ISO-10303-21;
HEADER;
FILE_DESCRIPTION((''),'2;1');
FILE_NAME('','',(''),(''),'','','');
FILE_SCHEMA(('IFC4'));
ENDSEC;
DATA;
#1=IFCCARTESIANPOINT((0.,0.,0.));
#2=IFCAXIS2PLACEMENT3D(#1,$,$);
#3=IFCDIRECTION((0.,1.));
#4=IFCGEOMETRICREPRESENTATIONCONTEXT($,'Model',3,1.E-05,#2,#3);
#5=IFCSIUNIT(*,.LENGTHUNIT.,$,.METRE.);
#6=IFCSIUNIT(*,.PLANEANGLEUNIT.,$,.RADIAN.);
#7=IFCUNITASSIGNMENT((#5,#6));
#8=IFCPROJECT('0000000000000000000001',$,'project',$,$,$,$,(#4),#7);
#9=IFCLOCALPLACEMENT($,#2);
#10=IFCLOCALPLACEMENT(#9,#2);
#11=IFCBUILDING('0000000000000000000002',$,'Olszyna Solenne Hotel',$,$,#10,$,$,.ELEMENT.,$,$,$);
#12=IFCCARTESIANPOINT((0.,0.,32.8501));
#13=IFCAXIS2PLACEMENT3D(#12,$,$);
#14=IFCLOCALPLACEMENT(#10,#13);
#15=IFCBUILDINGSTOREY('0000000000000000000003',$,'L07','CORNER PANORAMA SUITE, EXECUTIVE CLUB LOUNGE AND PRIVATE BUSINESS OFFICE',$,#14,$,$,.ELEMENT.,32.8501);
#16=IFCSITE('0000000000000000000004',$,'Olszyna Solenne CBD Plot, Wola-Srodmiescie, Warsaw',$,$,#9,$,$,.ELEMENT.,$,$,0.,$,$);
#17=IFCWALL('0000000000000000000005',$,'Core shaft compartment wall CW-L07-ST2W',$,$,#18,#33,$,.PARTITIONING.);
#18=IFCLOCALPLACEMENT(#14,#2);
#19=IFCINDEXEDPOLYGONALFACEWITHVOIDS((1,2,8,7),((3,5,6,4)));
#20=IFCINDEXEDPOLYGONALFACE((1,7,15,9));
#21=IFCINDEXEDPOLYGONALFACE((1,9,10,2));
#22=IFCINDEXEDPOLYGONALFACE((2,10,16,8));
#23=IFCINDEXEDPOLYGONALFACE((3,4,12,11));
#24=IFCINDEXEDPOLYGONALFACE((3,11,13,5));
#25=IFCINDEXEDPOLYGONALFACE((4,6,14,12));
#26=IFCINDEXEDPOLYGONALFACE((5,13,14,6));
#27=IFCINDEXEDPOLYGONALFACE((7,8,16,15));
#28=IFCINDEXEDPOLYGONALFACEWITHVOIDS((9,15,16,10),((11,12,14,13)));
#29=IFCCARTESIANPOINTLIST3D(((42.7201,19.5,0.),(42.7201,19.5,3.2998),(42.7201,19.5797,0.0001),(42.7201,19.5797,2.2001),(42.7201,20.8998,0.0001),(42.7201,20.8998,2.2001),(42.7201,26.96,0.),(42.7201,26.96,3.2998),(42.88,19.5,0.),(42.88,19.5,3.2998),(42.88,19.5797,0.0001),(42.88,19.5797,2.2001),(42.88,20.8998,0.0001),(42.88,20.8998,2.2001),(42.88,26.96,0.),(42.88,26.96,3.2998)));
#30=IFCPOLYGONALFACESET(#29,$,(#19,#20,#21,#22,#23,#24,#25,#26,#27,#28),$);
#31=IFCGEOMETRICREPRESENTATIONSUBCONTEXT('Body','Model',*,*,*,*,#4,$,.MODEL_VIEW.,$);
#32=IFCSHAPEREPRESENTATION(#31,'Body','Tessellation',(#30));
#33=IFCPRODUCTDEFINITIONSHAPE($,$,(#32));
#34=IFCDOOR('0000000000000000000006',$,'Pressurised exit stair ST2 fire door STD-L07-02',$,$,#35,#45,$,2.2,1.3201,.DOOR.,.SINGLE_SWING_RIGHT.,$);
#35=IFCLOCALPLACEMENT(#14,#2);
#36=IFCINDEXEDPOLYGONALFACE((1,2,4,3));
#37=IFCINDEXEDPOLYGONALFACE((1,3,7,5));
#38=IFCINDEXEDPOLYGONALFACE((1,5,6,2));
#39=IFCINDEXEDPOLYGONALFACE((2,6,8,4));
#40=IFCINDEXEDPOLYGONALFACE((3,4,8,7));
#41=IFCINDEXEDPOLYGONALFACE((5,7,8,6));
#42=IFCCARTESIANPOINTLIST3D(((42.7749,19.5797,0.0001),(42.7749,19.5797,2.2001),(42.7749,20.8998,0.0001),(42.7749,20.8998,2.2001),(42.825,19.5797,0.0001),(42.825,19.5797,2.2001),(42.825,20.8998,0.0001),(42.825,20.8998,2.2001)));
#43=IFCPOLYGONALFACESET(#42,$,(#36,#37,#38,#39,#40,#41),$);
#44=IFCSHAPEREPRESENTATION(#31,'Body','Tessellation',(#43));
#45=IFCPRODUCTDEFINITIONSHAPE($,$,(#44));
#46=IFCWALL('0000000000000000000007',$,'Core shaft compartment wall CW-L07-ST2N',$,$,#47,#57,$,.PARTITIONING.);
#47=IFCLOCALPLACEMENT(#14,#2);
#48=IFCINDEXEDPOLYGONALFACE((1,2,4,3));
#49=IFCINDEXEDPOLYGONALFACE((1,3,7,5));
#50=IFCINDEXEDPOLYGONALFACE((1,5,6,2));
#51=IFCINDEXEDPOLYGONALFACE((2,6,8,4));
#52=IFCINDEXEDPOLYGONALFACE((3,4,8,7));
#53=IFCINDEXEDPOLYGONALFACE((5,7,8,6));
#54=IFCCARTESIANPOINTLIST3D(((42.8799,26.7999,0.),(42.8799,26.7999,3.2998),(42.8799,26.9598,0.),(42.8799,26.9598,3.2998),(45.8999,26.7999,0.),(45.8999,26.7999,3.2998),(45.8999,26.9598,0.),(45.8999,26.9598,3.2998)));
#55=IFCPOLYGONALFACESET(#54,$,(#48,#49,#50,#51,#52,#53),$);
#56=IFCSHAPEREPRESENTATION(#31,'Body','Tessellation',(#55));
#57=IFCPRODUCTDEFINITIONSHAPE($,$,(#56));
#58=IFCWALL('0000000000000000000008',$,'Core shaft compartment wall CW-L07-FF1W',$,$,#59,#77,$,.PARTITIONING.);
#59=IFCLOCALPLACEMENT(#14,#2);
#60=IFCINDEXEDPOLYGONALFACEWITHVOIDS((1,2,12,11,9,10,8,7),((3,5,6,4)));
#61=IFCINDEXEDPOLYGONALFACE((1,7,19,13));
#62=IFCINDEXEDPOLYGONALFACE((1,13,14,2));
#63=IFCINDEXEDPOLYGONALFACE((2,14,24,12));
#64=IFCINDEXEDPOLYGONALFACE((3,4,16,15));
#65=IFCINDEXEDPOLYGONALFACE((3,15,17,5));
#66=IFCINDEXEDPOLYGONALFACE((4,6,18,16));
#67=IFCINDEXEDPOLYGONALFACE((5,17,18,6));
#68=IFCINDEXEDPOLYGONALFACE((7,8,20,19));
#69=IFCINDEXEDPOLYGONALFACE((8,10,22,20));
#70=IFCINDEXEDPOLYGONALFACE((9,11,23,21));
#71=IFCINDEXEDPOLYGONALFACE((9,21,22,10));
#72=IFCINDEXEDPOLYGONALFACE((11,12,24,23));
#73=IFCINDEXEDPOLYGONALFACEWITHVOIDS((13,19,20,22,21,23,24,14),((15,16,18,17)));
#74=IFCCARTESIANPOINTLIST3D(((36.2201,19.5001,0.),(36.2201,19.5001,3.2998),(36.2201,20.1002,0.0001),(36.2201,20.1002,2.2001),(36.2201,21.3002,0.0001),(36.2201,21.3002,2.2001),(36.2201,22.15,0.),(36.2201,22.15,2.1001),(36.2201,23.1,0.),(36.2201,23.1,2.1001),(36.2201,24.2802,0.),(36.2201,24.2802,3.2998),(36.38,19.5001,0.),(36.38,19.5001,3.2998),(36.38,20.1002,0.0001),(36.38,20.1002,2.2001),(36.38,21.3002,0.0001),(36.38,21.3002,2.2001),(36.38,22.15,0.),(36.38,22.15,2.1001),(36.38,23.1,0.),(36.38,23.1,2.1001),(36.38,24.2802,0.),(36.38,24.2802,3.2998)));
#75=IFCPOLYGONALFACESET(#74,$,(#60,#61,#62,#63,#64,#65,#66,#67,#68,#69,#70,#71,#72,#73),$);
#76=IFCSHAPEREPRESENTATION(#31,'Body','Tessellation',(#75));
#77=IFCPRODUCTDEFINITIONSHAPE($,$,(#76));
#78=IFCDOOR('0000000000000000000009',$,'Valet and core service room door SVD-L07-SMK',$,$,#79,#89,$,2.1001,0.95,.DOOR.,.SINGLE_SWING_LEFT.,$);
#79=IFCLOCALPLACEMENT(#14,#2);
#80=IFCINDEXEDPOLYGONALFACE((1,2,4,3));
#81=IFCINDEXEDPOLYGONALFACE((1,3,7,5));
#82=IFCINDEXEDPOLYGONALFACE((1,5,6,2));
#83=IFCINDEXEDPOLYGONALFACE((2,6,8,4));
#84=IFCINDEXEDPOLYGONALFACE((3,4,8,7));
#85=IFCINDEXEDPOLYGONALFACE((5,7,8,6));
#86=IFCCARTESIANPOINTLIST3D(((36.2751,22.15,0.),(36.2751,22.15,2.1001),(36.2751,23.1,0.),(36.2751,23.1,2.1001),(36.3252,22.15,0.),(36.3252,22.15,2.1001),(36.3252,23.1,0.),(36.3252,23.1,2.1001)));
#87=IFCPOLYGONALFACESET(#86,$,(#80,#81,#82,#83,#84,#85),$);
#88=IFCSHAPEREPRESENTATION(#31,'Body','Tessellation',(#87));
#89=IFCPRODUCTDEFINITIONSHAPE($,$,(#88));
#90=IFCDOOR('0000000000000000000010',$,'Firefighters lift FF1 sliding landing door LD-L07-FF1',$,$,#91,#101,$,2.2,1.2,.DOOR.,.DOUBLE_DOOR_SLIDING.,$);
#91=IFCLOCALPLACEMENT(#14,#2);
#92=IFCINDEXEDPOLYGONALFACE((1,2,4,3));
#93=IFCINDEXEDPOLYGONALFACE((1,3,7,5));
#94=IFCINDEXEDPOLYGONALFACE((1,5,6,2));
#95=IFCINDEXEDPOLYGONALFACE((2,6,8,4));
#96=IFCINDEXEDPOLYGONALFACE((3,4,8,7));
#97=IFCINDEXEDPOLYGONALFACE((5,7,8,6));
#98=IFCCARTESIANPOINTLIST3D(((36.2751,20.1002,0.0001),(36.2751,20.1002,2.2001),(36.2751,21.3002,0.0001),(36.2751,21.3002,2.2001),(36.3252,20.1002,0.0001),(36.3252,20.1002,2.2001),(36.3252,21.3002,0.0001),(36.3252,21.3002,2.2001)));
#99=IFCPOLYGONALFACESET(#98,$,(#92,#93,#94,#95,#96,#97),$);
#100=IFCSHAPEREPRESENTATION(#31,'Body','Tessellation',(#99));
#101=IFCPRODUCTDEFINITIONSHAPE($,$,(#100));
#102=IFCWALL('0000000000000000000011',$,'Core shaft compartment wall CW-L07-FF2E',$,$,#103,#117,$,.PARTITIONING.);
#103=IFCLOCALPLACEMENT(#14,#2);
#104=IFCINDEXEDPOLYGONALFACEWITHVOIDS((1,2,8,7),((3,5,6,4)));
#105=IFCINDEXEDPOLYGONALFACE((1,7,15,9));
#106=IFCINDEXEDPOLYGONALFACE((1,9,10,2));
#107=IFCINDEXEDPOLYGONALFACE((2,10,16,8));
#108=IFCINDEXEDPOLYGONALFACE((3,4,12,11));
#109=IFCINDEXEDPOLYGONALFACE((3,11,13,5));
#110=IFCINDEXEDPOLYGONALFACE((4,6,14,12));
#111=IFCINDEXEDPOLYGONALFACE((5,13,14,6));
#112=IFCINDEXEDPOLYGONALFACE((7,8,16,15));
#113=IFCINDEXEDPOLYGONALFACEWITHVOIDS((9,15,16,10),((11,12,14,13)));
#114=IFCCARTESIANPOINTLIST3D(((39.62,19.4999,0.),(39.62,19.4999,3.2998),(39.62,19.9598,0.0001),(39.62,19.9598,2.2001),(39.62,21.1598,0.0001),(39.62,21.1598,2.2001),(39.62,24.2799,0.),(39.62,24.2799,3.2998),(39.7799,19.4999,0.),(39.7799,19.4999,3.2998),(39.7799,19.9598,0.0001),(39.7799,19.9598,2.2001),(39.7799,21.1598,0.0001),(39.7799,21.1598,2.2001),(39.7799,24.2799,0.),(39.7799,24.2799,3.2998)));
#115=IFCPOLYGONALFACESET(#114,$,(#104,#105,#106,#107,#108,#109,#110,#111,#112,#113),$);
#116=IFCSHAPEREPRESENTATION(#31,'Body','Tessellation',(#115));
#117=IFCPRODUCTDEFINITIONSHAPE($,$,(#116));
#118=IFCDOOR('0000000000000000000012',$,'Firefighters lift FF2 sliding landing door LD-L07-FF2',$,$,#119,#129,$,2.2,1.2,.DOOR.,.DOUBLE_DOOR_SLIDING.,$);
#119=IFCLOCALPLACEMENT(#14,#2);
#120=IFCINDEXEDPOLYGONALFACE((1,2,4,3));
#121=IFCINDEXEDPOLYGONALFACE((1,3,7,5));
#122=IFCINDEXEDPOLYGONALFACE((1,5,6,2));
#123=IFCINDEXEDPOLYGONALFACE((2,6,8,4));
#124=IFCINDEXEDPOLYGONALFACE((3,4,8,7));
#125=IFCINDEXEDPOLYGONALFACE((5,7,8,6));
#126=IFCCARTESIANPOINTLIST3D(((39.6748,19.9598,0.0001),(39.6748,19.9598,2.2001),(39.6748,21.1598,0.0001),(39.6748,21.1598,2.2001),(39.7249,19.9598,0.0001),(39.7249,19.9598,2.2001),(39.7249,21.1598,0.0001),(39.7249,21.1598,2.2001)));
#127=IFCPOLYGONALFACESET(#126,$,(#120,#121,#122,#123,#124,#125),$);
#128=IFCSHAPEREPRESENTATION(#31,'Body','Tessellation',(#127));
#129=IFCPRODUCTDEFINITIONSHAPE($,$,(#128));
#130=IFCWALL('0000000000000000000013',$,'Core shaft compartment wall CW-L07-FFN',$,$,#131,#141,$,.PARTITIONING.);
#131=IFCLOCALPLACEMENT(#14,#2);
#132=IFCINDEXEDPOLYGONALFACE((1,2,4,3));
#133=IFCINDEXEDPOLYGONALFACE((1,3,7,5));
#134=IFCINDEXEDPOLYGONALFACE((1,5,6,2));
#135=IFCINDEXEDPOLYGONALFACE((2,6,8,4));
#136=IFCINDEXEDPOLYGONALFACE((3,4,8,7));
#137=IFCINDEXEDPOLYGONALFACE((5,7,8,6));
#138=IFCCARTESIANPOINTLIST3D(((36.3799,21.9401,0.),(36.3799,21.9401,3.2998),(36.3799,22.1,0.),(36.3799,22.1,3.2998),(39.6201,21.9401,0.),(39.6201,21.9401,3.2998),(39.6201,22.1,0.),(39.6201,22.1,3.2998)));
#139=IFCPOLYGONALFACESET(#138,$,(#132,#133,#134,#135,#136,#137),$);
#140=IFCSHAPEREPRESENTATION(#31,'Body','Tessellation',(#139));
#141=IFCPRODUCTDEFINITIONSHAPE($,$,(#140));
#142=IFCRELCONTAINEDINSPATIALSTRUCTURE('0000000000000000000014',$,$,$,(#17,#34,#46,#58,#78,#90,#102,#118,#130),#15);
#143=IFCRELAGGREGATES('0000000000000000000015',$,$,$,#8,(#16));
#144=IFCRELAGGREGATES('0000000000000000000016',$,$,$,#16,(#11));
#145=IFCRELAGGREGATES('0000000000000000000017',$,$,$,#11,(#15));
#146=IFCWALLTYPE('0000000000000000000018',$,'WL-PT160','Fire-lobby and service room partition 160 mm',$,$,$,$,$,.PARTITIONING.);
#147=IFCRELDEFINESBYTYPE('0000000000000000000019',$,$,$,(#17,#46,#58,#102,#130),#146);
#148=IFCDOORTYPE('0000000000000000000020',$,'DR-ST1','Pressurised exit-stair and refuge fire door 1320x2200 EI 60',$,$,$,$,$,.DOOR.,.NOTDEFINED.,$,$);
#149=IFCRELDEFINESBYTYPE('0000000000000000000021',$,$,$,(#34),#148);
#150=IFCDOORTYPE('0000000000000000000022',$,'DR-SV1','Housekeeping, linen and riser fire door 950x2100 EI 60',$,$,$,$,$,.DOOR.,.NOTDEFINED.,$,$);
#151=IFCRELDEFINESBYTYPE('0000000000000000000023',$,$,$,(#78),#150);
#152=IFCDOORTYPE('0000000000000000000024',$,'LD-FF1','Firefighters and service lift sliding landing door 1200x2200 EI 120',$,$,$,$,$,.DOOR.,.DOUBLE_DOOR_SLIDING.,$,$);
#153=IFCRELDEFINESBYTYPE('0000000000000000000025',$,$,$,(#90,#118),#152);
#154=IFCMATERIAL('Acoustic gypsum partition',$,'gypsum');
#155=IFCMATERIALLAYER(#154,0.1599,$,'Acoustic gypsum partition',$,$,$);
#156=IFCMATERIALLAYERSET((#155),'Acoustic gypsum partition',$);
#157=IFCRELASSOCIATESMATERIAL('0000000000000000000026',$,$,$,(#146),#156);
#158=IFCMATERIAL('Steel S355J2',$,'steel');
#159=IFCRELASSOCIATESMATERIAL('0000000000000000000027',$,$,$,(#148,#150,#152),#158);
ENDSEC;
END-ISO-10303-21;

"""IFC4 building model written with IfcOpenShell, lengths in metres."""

from ifc_helpers import new_model, si_unit, direction, frame, frame_2d, origin, place, context, subcontext, project, spatial, rectangle, extrude, source, transform, mapped, material, layer, layer_set, type_object, type_shapes, element, fill, save


model = new_model("IFC4")

# Units and contexts
model_context = context("Model", 3, precision=1e-05, world=origin(), true_north=direction((0.0, 1.0)))
body_context = subcontext(model_context, "Body", "Model", "MODEL_VIEW")
ifc_project = project(units=[si_unit("LENGTHUNIT", "METRE"), si_unit("PLANEANGLEUNIT", "RADIAN")], contexts=[model_context])

# Site, building, storey
site_placement = place(None, origin())
site = spatial("IfcSite", under=ifc_project, at=site_placement, Name="Olszyna Solenne CBD Plot, Wola-Srodmiescie, Warsaw", CompositionType="ELEMENT", RefElevation=0.0)
building_placement = place(site_placement, origin())
building = spatial("IfcBuilding", under=site, at=building_placement, Name="Olszyna Solenne Hotel", CompositionType="ELEMENT")
storey_placement = place(building_placement, frame((0.0, 0.0, 32.8501)))
storey = spatial("IfcBuildingStorey", under=building, at=storey_placement, Name="L07", Description="CORNER PANORAMA SUITE, EXECUTIVE CLUB LOUNGE AND PRIVATE BUSINESS OFFICE", CompositionType="ELEMENT", Elevation=32.8501)

# Shared definitions
ifc_material_1 = material(Name="Steel S355J2", Category="steel")

# Shared definitions
ifc_material_2 = material(Name="Acoustic gypsum partition", Category="gypsum")

# Wall, opening, door
ifc_layer_1 = layer(ifc_material_2, 0.1599, Name="Acoustic gypsum partition")
ifc_layer_set_1 = layer_set([ifc_layer_1], Name="Acoustic gypsum partition")
wall_type_1 = type_object("IfcWallType", Name="WL-PT160", Description="Fire-lobby and service room partition 160 mm", PredefinedType="PARTITIONING", material=ifc_layer_set_1)
wall_1_placement = place(storey_placement, frame((42.8, 26.96, 0.0), z_axis=(0.0, 0.0, 1.0), x_axis=(0.0, -1.0, 0.0)))
wall_1 = element("IfcWall", 1, at=wall_1_placement, inside=storey, type_object=wall_type_1, Name="Core shaft compartment wall CW-L07-ST2W", PredefinedType="PARTITIONING", context=body_context, shape_type="SweptSolid", body=[
    extrude(rectangle(XDim=7.46, YDim=0.1599, at=frame_2d((3.73, 0.0))), origin(), (0.0, 0.0, 1.0), 3.2998),
])
opening_1_placement = place(wall_1_placement, frame((6.0601, 0.0, 0.0)))
opening_1 = element("IfcOpeningElement", 2, at=opening_1_placement, cuts=wall_1, PredefinedType="OPENING", context=body_context, shape_type="SweptSolid", body=[
    extrude(rectangle(XDim=1.3201, YDim=2.2, at=frame_2d((0.6602, 1.1001))), frame((0.0, 0.0898, 0.0), z_axis=(0.0, -1.0, 0.0), x_axis=(1.0, 0.0, 0.0)), (0.0, 0.0, 1.0), 0.1799),
])
door_type_1 = type_object("IfcDoorType", Name="DR-ST1", Description="Pressurised exit-stair and refuge fire door 1320x2200 EI 60", OperationType="NOTDEFINED", PredefinedType="DOOR", material=ifc_material_1)
shared_shape_1 = source(origin(), body_context, "Body", "SweptSolid", [
    extrude(rectangle(XDim=1.3201, YDim=2.2, at=frame_2d((0.6602, 1.1001))), frame((0.0, 0.0249, 0.0), z_axis=(0.0, -1.0, 0.0), x_axis=(1.0, 0.0, 0.0)), (0.0, 0.0, 1.0), 0.05),
])
type_shapes(door_type_1, [shared_shape_1])
door_1_placement = place(opening_1_placement, origin())
door_1 = element("IfcDoor", 3, at=door_1_placement, inside=storey, type_object=door_type_1, Name="Pressurised exit stair ST2 fire door STD-L07-02", OperationType="SINGLE_SWING_RIGHT", OverallHeight=2.2, OverallWidth=1.3201, PredefinedType="DOOR", context=body_context, shape_type="MappedRepresentation", body=[
    mapped(shared_shape_1, transform((0.0, 0.0, 0.0), x_axis=(1.0, 0.0, 0.0), y_axis=(0.0, 1.0, 0.0), z_axis=(0.0, 0.0, 1.0), scale=1.0)),
])
fill(opening_1, door_1)

# Wall
wall_2_placement = place(storey_placement, frame((42.8799, 26.8799, 0.0), z_axis=(0.0, 0.0, 1.0), x_axis=(1.0, 0.0, 0.0)))
element("IfcWall", 4, at=wall_2_placement, inside=storey, type_object=wall_type_1, Name="Core shaft compartment wall CW-L07-ST2N", PredefinedType="PARTITIONING", context=body_context, shape_type="SweptSolid", body=[
    extrude(rectangle(XDim=3.02, YDim=0.1599, at=frame_2d((1.51, 0.0))), origin(), (0.0, 0.0, 1.0), 3.2998),
])

# Wall, openings, doors
wall_3_placement = place(storey_placement, frame((36.3, 19.5, 0.0), z_axis=(0.0, 0.0, 1.0), x_axis=(0.0, 1.0, 0.0)))
wall_3 = element("IfcWall", 5, at=wall_3_placement, inside=storey, type_object=wall_type_1, Name="Core shaft compartment wall CW-L07-FF1W", PredefinedType="PARTITIONING", context=body_context, shape_type="SweptSolid", body=[
    extrude(rectangle(XDim=4.78, YDim=0.1599, at=frame_2d((2.3901, 0.0))), origin(), (0.0, 0.0, 1.0), 3.2998),
])
opening_2_placement = place(wall_3_placement, frame((0.6001, 0.0, 0.0)))
opening_2 = element("IfcOpeningElement", 6, at=opening_2_placement, cuts=wall_3, PredefinedType="OPENING", context=body_context, shape_type="SweptSolid", body=[
    extrude(rectangle(XDim=1.2, YDim=2.2, at=frame_2d((0.6001, 1.1001))), frame((0.0, 0.0898, 0.0), z_axis=(0.0, -1.0, 0.0), x_axis=(1.0, 0.0, 0.0)), (0.0, 0.0, 1.0), 0.1799),
])
opening_3_placement = place(wall_3_placement, frame((2.6499, 0.0, 0.0)))
opening_3 = element("IfcOpeningElement", 7, at=opening_3_placement, cuts=wall_3, PredefinedType="OPENING", context=body_context, shape_type="SweptSolid", body=[
    extrude(rectangle(XDim=0.95, YDim=2.1001, at=frame_2d((0.4751, 1.05))), frame((0.0, 0.0898, 0.0), z_axis=(0.0, -1.0, 0.0), x_axis=(1.0, 0.0, 0.0)), (0.0, 0.0, 1.0), 0.1799),
])
door_type_2 = type_object("IfcDoorType", Name="DR-SV1", Description="Housekeeping, linen and riser fire door 950x2100 EI 60", OperationType="NOTDEFINED", PredefinedType="DOOR", material=ifc_material_1)
shared_shape_2 = source(origin(), body_context, "Body", "SweptSolid", [
    extrude(rectangle(XDim=0.95, YDim=2.1001, at=frame_2d((0.4751, 1.05))), frame((0.0, 0.0249, 0.0), z_axis=(0.0, -1.0, 0.0), x_axis=(1.0, 0.0, 0.0)), (0.0, 0.0, 1.0), 0.05),
])
type_shapes(door_type_2, [shared_shape_2])
door_2_placement = place(opening_3_placement, origin())
door_2 = element("IfcDoor", 8, at=door_2_placement, inside=storey, type_object=door_type_2, Name="Valet and core service room door SVD-L07-SMK", OperationType="SINGLE_SWING_LEFT", OverallHeight=2.1001, OverallWidth=0.95, PredefinedType="DOOR", context=body_context, shape_type="MappedRepresentation", body=[
    mapped(shared_shape_2, transform((0.0, 0.0, 0.0), x_axis=(1.0, 0.0, 0.0), y_axis=(0.0, 1.0, 0.0), z_axis=(0.0, 0.0, 1.0), scale=1.0)),
])
fill(opening_3, door_2)
door_type_3 = type_object("IfcDoorType", Name="LD-FF1", Description="Firefighters and service lift sliding landing door 1200x2200 EI 120", OperationType="DOUBLE_DOOR_SLIDING", PredefinedType="DOOR", material=ifc_material_1)
shared_shape_3 = source(origin(), body_context, "Body", "SweptSolid", [
    extrude(rectangle(XDim=1.2, YDim=2.2, at=frame_2d((0.6001, 1.1001))), frame((0.0, 0.0249, 0.0), z_axis=(0.0, -1.0, 0.0), x_axis=(1.0, 0.0, 0.0)), (0.0, 0.0, 1.0), 0.05),
])
type_shapes(door_type_3, [shared_shape_3])
door_3_placement = place(opening_2_placement, origin())
door_3 = element("IfcDoor", 9, at=door_3_placement, inside=storey, type_object=door_type_3, Name="Firefighters lift FF1 sliding landing door LD-L07-FF1", OperationType="DOUBLE_DOOR_SLIDING", OverallHeight=2.2, OverallWidth=1.2, PredefinedType="DOOR", context=body_context, shape_type="MappedRepresentation", body=[
    mapped(shared_shape_3, transform((0.0, 0.0, 0.0), x_axis=(1.0, 0.0, 0.0), y_axis=(0.0, 1.0, 0.0), z_axis=(0.0, 0.0, 1.0), scale=1.0)),
])
fill(opening_2, door_3)

# Wall, opening, door
wall_4_placement = place(storey_placement, frame((39.7, 24.28, 0.0), z_axis=(0.0, 0.0, 1.0), x_axis=(0.0, -1.0, 0.0)))
wall_4 = element("IfcWall", 10, at=wall_4_placement, inside=storey, type_object=wall_type_1, Name="Core shaft compartment wall CW-L07-FF2E", PredefinedType="PARTITIONING", context=body_context, shape_type="SweptSolid", body=[
    extrude(rectangle(XDim=4.78, YDim=0.1599, at=frame_2d((2.3901, 0.0))), origin(), (0.0, 0.0, 1.0), 3.2998),
])
opening_4_placement = place(wall_4_placement, frame((3.1201, 0.0, 0.0)))
opening_4 = element("IfcOpeningElement", 11, at=opening_4_placement, cuts=wall_4, PredefinedType="OPENING", context=body_context, shape_type="SweptSolid", body=[
    extrude(rectangle(XDim=1.2, YDim=2.2, at=frame_2d((0.6001, 1.1001))), frame((0.0, 0.0898, 0.0), z_axis=(0.0, -1.0, 0.0), x_axis=(1.0, 0.0, 0.0)), (0.0, 0.0, 1.0), 0.1799),
])
door_4_placement = place(opening_4_placement, origin())
door_4 = element("IfcDoor", 12, at=door_4_placement, inside=storey, type_object=door_type_3, Name="Firefighters lift FF2 sliding landing door LD-L07-FF2", OperationType="DOUBLE_DOOR_SLIDING", OverallHeight=2.2, OverallWidth=1.2, PredefinedType="DOOR", context=body_context, shape_type="MappedRepresentation", body=[
    mapped(shared_shape_3, transform((0.0, 0.0, 0.0), x_axis=(1.0, 0.0, 0.0), y_axis=(0.0, 1.0, 0.0), z_axis=(0.0, 0.0, 1.0), scale=1.0)),
])
fill(opening_4, door_4)

# Wall
wall_5_placement = place(storey_placement, frame((36.3799, 22.02, 0.0), z_axis=(0.0, 0.0, 1.0), x_axis=(1.0, 0.0, 0.0)))
element("IfcWall", 13, at=wall_5_placement, inside=storey, type_object=wall_type_1, Name="Core shaft compartment wall CW-L07-FFN", PredefinedType="PARTITIONING", context=body_context, shape_type="SweptSolid", body=[
    extrude(rectangle(XDim=3.2402, YDim=0.1599, at=frame_2d((1.6201, 0.0))), origin(), (0.0, 0.0, 1.0), 3.2998),
])

save(model, "model.ifc")
